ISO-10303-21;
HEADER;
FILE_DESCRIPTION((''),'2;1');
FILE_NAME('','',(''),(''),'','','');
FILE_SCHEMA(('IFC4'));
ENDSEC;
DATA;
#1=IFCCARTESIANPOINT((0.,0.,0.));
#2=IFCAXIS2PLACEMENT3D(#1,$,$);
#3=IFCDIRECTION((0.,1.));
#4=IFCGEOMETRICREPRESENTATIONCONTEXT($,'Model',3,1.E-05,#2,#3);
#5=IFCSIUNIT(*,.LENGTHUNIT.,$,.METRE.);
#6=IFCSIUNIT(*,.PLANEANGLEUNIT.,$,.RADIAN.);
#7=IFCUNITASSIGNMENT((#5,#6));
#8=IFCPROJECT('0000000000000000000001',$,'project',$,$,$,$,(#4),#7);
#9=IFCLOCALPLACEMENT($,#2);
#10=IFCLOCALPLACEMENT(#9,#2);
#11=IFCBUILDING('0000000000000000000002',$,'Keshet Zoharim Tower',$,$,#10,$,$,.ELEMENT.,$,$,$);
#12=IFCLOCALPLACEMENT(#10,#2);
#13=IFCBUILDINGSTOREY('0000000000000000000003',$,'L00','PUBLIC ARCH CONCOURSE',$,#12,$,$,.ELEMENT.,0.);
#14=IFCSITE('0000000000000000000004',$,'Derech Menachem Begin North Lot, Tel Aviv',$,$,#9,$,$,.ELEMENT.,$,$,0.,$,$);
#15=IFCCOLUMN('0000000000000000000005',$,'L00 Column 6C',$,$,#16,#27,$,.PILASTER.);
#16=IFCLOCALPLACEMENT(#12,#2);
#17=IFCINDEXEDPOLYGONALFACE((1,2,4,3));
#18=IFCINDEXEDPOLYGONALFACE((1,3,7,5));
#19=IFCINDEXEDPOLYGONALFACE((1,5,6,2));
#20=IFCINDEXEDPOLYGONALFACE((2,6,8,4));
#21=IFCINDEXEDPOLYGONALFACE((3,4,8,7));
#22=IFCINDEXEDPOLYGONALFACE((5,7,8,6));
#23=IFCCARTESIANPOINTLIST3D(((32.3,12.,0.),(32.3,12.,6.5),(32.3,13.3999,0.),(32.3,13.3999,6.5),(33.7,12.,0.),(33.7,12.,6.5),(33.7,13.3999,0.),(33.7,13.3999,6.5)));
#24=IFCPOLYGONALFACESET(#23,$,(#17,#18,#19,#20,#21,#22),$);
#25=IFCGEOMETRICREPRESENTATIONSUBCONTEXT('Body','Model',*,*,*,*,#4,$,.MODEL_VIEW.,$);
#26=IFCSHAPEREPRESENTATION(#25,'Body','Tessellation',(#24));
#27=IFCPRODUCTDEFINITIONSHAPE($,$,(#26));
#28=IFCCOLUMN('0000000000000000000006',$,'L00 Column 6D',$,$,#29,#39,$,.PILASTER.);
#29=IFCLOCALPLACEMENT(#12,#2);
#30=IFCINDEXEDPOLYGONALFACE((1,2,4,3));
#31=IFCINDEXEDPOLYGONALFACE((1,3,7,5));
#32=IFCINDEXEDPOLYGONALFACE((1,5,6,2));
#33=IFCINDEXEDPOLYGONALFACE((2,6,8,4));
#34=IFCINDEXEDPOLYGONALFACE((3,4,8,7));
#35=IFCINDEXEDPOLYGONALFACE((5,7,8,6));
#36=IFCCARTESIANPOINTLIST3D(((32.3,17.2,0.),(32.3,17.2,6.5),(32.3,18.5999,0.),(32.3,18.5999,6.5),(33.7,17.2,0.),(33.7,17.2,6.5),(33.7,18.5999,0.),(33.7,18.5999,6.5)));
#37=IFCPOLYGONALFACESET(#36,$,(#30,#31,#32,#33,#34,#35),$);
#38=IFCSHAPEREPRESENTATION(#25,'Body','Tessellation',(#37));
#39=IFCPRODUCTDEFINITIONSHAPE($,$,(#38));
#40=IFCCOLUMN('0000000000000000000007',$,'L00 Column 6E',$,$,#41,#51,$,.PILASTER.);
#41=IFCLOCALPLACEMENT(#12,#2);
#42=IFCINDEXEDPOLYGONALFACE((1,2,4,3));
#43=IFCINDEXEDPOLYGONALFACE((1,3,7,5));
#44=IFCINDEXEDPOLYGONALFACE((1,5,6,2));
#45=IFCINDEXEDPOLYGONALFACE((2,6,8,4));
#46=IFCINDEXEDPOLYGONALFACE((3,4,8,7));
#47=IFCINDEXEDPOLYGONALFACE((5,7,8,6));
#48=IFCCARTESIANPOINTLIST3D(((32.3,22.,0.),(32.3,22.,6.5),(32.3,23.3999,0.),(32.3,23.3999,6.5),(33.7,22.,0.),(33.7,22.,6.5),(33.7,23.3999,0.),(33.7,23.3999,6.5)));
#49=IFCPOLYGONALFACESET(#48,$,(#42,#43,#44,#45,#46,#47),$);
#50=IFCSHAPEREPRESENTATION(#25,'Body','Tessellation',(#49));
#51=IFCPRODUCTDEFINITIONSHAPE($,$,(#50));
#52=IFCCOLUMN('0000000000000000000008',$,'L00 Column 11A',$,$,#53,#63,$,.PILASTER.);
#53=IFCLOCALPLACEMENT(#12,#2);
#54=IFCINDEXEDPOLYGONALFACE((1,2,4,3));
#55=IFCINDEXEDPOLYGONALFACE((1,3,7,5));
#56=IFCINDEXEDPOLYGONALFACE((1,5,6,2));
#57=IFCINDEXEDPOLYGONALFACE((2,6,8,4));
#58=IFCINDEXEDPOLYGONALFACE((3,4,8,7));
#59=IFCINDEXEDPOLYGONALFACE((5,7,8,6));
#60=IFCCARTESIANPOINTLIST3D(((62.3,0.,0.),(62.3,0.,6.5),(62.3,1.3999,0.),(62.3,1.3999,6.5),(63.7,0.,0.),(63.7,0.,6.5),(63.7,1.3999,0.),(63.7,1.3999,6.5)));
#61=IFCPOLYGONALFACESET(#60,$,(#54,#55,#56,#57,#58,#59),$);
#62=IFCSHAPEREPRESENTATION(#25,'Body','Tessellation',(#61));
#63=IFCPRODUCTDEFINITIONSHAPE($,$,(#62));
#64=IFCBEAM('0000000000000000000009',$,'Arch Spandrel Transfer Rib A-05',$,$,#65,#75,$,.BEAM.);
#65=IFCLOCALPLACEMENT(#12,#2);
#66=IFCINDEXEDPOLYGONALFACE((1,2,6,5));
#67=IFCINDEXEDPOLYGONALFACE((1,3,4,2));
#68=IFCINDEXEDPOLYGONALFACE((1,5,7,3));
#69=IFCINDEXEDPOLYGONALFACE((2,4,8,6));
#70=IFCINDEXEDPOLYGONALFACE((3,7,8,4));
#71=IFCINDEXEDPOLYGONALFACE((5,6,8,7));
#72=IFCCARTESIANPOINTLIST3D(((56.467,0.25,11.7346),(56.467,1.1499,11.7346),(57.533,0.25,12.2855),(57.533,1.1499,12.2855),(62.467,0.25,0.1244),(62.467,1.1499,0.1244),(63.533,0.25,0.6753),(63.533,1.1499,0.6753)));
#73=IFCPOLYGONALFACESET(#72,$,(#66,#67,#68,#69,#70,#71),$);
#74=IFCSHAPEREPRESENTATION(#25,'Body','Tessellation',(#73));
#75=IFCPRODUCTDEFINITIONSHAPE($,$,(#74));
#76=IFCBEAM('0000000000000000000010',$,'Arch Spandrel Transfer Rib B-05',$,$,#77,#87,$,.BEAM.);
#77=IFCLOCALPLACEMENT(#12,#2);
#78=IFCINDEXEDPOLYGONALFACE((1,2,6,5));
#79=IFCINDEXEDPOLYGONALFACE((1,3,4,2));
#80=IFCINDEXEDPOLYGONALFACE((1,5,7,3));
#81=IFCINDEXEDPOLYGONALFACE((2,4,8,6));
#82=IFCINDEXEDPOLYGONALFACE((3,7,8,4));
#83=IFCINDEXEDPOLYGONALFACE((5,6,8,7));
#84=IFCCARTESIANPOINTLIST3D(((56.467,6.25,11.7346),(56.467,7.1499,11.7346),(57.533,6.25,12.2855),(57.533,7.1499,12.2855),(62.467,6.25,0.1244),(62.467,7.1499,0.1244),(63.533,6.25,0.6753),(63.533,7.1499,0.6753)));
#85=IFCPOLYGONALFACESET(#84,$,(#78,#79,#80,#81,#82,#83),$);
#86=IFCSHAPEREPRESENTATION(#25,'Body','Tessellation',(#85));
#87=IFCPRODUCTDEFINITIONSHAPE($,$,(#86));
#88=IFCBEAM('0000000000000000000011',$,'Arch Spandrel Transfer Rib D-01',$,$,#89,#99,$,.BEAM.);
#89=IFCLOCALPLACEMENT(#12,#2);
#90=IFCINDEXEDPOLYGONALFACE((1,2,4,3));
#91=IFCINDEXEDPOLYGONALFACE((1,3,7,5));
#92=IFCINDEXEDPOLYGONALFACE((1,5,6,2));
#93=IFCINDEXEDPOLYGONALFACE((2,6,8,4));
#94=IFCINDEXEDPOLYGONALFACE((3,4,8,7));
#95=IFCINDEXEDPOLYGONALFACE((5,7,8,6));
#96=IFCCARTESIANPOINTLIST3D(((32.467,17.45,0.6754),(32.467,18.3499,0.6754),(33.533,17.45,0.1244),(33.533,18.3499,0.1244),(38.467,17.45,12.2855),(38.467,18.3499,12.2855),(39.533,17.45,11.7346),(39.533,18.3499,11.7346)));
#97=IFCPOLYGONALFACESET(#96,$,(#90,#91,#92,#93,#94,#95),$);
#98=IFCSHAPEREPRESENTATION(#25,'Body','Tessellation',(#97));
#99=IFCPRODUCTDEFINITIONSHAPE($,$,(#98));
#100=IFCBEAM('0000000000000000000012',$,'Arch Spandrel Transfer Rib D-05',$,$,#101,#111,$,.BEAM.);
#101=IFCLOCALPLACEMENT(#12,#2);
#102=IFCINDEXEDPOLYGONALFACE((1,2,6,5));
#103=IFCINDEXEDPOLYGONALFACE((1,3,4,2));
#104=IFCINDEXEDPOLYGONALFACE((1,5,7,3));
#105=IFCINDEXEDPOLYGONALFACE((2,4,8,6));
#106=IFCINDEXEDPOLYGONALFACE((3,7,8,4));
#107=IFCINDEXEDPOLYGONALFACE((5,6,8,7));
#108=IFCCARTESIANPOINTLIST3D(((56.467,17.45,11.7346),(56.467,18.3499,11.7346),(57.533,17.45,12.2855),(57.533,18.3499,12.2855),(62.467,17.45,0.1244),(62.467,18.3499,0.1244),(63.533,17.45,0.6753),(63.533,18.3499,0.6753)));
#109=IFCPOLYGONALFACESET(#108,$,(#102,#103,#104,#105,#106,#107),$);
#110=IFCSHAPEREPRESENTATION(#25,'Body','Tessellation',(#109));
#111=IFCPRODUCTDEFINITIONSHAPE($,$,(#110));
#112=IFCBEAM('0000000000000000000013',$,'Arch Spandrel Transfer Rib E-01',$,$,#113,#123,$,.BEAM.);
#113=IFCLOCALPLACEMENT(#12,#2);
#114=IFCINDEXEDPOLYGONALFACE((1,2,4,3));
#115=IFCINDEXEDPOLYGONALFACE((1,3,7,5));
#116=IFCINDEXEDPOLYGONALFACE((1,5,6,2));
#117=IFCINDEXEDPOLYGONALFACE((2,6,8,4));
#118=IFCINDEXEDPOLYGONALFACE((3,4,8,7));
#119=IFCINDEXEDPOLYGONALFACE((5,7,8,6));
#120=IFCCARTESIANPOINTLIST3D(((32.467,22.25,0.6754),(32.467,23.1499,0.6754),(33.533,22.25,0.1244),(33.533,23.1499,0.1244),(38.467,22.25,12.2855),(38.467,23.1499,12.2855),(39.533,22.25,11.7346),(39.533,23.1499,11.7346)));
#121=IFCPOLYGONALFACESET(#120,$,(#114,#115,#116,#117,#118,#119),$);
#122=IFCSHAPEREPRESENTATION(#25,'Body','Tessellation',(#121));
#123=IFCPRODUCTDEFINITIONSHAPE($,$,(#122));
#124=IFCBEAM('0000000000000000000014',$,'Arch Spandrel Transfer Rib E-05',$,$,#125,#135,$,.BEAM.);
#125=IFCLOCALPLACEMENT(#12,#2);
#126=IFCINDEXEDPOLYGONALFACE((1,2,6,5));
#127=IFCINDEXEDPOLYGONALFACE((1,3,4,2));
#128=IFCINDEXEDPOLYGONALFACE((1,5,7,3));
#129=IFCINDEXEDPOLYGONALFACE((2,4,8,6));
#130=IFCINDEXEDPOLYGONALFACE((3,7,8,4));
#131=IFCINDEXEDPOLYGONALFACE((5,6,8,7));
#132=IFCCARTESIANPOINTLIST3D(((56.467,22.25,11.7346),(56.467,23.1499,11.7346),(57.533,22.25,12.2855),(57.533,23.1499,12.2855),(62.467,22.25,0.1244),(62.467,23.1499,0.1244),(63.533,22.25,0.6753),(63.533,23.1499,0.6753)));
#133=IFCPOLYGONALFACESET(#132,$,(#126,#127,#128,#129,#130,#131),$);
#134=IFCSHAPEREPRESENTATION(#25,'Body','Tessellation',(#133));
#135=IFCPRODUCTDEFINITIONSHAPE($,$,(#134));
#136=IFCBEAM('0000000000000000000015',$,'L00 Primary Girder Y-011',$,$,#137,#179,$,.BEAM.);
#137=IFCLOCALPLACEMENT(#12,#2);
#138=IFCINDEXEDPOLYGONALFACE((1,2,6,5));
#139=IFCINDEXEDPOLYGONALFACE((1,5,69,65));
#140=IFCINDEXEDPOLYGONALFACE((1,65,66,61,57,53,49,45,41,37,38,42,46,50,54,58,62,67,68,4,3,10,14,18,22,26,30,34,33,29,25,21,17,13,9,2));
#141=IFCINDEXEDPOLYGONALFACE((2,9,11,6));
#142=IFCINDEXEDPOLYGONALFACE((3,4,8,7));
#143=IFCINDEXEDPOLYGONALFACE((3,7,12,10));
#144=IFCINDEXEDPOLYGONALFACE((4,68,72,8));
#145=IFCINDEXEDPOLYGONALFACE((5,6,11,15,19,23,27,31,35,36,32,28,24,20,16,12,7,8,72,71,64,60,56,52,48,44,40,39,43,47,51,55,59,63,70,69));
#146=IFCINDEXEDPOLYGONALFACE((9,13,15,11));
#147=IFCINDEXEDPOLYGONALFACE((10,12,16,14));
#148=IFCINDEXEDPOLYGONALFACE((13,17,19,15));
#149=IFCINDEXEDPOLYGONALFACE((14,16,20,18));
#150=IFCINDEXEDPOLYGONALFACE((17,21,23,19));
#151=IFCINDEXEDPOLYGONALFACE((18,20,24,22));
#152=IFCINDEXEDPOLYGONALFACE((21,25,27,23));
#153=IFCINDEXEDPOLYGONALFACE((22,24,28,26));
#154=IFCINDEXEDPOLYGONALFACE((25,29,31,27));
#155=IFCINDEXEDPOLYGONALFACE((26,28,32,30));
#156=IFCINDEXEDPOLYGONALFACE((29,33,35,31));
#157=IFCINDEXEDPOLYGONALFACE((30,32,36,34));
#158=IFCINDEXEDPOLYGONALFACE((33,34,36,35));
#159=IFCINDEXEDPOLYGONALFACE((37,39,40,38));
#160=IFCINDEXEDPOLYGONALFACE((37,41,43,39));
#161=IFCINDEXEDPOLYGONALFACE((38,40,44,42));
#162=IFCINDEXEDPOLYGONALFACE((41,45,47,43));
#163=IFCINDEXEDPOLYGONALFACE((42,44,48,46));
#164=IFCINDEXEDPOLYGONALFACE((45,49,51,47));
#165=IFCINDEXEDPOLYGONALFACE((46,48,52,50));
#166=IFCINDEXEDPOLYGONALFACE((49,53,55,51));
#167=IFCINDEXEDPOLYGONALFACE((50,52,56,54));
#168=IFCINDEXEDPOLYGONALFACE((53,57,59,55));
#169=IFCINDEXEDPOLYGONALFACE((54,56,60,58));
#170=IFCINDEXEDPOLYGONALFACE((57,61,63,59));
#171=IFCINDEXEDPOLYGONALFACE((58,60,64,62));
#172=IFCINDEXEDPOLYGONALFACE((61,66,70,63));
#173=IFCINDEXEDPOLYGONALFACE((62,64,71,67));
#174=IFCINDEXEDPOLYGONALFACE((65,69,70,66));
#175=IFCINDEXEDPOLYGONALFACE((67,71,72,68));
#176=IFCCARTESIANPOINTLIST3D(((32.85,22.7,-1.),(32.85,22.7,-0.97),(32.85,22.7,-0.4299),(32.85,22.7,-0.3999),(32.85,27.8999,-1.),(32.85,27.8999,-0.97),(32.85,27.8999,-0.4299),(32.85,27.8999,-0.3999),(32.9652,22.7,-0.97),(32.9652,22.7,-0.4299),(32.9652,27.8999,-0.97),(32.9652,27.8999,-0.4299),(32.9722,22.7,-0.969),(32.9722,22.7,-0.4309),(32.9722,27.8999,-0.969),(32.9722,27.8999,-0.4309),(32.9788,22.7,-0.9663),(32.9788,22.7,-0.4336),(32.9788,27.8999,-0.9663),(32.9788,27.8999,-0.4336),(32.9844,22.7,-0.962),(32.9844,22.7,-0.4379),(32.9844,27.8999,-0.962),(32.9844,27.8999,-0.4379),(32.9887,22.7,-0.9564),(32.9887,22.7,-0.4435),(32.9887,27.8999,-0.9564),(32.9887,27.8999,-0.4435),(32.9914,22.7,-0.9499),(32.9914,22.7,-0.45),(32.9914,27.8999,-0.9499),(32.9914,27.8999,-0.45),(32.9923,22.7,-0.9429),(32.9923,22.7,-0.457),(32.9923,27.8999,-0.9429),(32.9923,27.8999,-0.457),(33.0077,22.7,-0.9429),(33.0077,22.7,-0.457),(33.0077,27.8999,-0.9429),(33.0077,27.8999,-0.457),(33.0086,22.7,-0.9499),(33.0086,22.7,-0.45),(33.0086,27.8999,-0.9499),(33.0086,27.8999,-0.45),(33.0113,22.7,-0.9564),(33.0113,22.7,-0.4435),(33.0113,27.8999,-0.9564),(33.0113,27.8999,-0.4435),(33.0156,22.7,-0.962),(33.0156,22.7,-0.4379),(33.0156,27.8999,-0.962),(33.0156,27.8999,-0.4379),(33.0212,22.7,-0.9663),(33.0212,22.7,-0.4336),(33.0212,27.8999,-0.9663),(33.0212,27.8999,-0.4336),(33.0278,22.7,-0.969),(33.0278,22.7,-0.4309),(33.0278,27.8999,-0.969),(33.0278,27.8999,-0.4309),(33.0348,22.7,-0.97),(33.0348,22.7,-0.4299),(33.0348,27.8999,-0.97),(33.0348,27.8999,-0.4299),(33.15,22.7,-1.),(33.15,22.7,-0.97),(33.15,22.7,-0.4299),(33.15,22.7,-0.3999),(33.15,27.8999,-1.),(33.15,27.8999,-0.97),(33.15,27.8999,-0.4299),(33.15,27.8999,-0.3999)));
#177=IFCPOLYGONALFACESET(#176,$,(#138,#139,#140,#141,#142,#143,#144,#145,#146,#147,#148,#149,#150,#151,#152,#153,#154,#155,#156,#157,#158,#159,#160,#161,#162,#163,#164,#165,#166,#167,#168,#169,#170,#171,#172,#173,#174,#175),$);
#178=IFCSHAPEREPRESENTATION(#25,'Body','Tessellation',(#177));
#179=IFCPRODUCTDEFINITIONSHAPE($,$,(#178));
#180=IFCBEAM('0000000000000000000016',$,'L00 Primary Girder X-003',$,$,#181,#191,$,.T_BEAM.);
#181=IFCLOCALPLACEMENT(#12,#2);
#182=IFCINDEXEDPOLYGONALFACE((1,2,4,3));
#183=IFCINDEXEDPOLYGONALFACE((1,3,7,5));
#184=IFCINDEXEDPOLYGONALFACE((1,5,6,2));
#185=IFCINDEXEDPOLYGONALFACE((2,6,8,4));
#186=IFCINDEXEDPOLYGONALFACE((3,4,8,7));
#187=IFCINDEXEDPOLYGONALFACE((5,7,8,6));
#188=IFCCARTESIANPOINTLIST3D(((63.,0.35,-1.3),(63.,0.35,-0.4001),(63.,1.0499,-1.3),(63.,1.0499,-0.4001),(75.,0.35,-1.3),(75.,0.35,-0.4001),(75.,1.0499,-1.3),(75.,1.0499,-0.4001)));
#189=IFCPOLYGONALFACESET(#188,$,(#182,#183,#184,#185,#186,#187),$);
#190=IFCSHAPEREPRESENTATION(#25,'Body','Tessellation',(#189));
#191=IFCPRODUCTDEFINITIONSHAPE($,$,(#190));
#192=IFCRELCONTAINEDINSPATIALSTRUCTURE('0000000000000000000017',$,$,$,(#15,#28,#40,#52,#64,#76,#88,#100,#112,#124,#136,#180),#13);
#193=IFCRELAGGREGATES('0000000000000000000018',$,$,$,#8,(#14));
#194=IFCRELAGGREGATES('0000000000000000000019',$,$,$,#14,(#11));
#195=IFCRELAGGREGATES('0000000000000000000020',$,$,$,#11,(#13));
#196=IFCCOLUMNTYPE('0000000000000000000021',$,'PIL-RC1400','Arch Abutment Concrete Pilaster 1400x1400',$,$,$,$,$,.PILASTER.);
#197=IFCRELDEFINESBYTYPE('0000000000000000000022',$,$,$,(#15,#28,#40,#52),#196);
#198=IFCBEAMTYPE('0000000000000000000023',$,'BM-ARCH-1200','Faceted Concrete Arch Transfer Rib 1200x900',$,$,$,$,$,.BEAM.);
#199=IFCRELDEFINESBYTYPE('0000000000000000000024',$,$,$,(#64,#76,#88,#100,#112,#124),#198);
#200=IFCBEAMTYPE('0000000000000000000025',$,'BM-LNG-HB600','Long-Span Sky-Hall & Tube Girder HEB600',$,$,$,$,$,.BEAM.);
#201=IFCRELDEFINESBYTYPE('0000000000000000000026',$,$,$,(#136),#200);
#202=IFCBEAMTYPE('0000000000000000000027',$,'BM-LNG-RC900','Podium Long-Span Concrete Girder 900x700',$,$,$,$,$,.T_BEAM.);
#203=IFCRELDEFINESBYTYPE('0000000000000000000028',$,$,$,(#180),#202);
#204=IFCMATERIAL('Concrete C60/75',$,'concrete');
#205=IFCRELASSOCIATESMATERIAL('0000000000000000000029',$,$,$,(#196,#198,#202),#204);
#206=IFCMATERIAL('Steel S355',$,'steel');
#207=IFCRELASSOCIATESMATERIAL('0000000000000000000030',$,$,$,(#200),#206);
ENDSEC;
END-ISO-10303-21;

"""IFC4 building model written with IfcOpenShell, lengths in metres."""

from ifc_helpers import new_model, si_unit, direction, frame, origin, origin_2d, place, context, subcontext, project, spatial, rectangle, i_section, extrude, material, material_profile, profile_set, type_object, element, save


model = new_model("IFC4")

# Units and contexts
model_context = context("Model", 3, precision=1e-05, world=origin(), true_north=direction((0.0, 1.0)))
body_context = subcontext(model_context, "Body", "Model", "MODEL_VIEW")
ifc_project = project(units=[si_unit("LENGTHUNIT", "METRE"), si_unit("PLANEANGLEUNIT", "RADIAN")], contexts=[model_context])

# Site, building, storey
site_placement = place(None, origin())
site = spatial("IfcSite", under=ifc_project, at=site_placement, Name="Derech Menachem Begin North Lot, Tel Aviv", CompositionType="ELEMENT", RefElevation=0.0)
building_placement = place(site_placement, origin())
building = spatial("IfcBuilding", under=site, at=building_placement, Name="Keshet Zoharim Tower", CompositionType="ELEMENT")
storey_placement = place(building_placement, origin())
storey = spatial("IfcBuildingStorey", under=building, at=storey_placement, Name="L00", Description="PUBLIC ARCH CONCOURSE", CompositionType="ELEMENT", Elevation=0.0)

# Columns
ifc_material_1 = material(Name="Concrete C60/75", Category="concrete")
ifc_material_profile_1 = material_profile(ifc_material_1, rectangle(XDim=1.3999, YDim=1.3999, at=origin_2d()), Name="RC1400x1400")
ifc_profile_set_1 = profile_set([ifc_material_profile_1], Name="Concrete C60/75")
column_type = type_object("IfcColumnType", Name="PIL-RC1400", Description="Arch Abutment Concrete Pilaster 1400x1400", PredefinedType="PILASTER", material=ifc_profile_set_1)
for number, where, z_axis, x_axis, name in (
    (1, (33.0, 12.7, 0.0), (0.0, 0.0, 1.0), (1.0, 0.0, 0.0), "L00 Column 6C"),
    (2, (33.0, 17.8999, 0.0), (0.0, 0.0, 1.0), (1.0, 0.0, 0.0), "L00 Column 6D"),
    (3, (33.0, 22.7, 0.0), (0.0, 0.0, 1.0), (1.0, 0.0, 0.0), "L00 Column 6E"),
    (4, (63.0, 0.7, 0.0), (0.0, 0.0, 1.0), (1.0, 0.0, 0.0), "L00 Column 11A"),
):
    element("IfcColumn", number, at=place(storey_placement, frame(where, z_axis=z_axis, x_axis=x_axis)), inside=storey, type_object=column_type, Name=name, PredefinedType="PILASTER", context=body_context, shape_type="SweptSolid", body=[
        extrude(rectangle(XDim=1.3999, YDim=1.3999, at=origin_2d()), origin(), (0.0, 0.0, 1.0), 6.5),
    ])

# Beams
ifc_material_profile_2 = material_profile(ifc_material_1, rectangle(XDim=0.8999, YDim=1.2, at=origin_2d()), Name="RC1200x900")
ifc_profile_set_2 = profile_set([ifc_material_profile_2], Name="Concrete C60/75")
beam_type_1 = type_object("IfcBeamType", Name="BM-ARCH-1200", Description="Faceted Concrete Arch Transfer Rib 1200x900", PredefinedType="BEAM", material=ifc_profile_set_2)
for number, where, z_axis, x_axis, name in (
    (5, (57.0, 0.7, 12.01), (0.459107, 0.0, -0.888381), (0.0, 1.0, 0.0), "Arch Spandrel Transfer Rib A-05"),
    (6, (57.0, 6.7, 12.01), (0.459107, 0.0, -0.888381), (0.0, 1.0, 0.0), "Arch Spandrel Transfer Rib B-05"),
    (7, (33.0, 17.8999, 0.3999), (0.459107, 0.0, 0.888381), (0.0, 1.0, 0.0), "Arch Spandrel Transfer Rib D-01"),
    (8, (57.0, 17.8999, 12.01), (0.459107, 0.0, -0.888381), (0.0, 1.0, 0.0), "Arch Spandrel Transfer Rib D-05"),
    (9, (33.0, 22.7, 0.3999), (0.459107, 0.0, 0.888381), (0.0, 1.0, 0.0), "Arch Spandrel Transfer Rib E-01"),
    (10, (57.0, 22.7, 12.01), (0.459107, 0.0, -0.888381), (0.0, 1.0, 0.0), "Arch Spandrel Transfer Rib E-05"),
):
    element("IfcBeam", number, at=place(storey_placement, frame(where, z_axis=z_axis, x_axis=x_axis)), inside=storey, type_object=beam_type_1, Name=name, PredefinedType="BEAM", context=body_context, shape_type="SweptSolid", body=[
        extrude(rectangle(XDim=0.8999, YDim=1.2, at=origin_2d()), origin(), (0.0, 0.0, 1.0), 13.0688),
    ])
ifc_material_2 = material(Name="Steel S355", Category="steel")
ifc_material_profile_3 = material_profile(ifc_material_2, i_section(OverallWidth=0.3, OverallDepth=0.6001, WebThickness=0.0154, FlangeThickness=0.03, FilletRadius=0.0271, at=origin_2d()), Name="HEB600")
ifc_profile_set_3 = profile_set([ifc_material_profile_3], Name="Steel S355")
beam_type_2 = type_object("IfcBeamType", Name="BM-LNG-HB600", Description="Long-Span Sky-Hall & Tube Girder HEB600", PredefinedType="BEAM", material=ifc_profile_set_3)
beam_1_placement = place(storey_placement, frame((33.0, 22.7, -0.7), z_axis=(0.0, 1.0, 0.0), x_axis=(-1.0, 0.0, 0.0)))
element("IfcBeam", 11, at=beam_1_placement, inside=storey, type_object=beam_type_2, Name="L00 Primary Girder Y-011", PredefinedType="BEAM", context=body_context, shape_type="SweptSolid", body=[
    extrude(i_section(OverallWidth=0.3, OverallDepth=0.6001, WebThickness=0.0154, FlangeThickness=0.03, FilletRadius=0.0271, at=origin_2d()), origin(), (0.0, 0.0, 1.0), 5.2),
])
ifc_material_profile_4 = material_profile(ifc_material_1, rectangle(XDim=0.7, YDim=0.8999, at=origin_2d()), Name="RC900x700")
ifc_profile_set_4 = profile_set([ifc_material_profile_4], Name="Concrete C60/75")
beam_type_3 = type_object("IfcBeamType", Name="BM-LNG-RC900", Description="Podium Long-Span Concrete Girder 900x700", PredefinedType="T_BEAM", material=ifc_profile_set_4)
beam_2_placement = place(storey_placement, frame((63.0, 0.7, -0.8501), z_axis=(1.0, 0.0, 0.0), x_axis=(0.0, 1.0, 0.0)))
element("IfcBeam", 12, at=beam_2_placement, inside=storey, type_object=beam_type_3, Name="L00 Primary Girder X-003", PredefinedType="T_BEAM", context=body_context, shape_type="SweptSolid", body=[
    extrude(rectangle(XDim=0.7, YDim=0.8999, at=origin_2d()), origin(), (0.0, 0.0, 1.0), 12.0),
])

save(model, "model.ifc")
